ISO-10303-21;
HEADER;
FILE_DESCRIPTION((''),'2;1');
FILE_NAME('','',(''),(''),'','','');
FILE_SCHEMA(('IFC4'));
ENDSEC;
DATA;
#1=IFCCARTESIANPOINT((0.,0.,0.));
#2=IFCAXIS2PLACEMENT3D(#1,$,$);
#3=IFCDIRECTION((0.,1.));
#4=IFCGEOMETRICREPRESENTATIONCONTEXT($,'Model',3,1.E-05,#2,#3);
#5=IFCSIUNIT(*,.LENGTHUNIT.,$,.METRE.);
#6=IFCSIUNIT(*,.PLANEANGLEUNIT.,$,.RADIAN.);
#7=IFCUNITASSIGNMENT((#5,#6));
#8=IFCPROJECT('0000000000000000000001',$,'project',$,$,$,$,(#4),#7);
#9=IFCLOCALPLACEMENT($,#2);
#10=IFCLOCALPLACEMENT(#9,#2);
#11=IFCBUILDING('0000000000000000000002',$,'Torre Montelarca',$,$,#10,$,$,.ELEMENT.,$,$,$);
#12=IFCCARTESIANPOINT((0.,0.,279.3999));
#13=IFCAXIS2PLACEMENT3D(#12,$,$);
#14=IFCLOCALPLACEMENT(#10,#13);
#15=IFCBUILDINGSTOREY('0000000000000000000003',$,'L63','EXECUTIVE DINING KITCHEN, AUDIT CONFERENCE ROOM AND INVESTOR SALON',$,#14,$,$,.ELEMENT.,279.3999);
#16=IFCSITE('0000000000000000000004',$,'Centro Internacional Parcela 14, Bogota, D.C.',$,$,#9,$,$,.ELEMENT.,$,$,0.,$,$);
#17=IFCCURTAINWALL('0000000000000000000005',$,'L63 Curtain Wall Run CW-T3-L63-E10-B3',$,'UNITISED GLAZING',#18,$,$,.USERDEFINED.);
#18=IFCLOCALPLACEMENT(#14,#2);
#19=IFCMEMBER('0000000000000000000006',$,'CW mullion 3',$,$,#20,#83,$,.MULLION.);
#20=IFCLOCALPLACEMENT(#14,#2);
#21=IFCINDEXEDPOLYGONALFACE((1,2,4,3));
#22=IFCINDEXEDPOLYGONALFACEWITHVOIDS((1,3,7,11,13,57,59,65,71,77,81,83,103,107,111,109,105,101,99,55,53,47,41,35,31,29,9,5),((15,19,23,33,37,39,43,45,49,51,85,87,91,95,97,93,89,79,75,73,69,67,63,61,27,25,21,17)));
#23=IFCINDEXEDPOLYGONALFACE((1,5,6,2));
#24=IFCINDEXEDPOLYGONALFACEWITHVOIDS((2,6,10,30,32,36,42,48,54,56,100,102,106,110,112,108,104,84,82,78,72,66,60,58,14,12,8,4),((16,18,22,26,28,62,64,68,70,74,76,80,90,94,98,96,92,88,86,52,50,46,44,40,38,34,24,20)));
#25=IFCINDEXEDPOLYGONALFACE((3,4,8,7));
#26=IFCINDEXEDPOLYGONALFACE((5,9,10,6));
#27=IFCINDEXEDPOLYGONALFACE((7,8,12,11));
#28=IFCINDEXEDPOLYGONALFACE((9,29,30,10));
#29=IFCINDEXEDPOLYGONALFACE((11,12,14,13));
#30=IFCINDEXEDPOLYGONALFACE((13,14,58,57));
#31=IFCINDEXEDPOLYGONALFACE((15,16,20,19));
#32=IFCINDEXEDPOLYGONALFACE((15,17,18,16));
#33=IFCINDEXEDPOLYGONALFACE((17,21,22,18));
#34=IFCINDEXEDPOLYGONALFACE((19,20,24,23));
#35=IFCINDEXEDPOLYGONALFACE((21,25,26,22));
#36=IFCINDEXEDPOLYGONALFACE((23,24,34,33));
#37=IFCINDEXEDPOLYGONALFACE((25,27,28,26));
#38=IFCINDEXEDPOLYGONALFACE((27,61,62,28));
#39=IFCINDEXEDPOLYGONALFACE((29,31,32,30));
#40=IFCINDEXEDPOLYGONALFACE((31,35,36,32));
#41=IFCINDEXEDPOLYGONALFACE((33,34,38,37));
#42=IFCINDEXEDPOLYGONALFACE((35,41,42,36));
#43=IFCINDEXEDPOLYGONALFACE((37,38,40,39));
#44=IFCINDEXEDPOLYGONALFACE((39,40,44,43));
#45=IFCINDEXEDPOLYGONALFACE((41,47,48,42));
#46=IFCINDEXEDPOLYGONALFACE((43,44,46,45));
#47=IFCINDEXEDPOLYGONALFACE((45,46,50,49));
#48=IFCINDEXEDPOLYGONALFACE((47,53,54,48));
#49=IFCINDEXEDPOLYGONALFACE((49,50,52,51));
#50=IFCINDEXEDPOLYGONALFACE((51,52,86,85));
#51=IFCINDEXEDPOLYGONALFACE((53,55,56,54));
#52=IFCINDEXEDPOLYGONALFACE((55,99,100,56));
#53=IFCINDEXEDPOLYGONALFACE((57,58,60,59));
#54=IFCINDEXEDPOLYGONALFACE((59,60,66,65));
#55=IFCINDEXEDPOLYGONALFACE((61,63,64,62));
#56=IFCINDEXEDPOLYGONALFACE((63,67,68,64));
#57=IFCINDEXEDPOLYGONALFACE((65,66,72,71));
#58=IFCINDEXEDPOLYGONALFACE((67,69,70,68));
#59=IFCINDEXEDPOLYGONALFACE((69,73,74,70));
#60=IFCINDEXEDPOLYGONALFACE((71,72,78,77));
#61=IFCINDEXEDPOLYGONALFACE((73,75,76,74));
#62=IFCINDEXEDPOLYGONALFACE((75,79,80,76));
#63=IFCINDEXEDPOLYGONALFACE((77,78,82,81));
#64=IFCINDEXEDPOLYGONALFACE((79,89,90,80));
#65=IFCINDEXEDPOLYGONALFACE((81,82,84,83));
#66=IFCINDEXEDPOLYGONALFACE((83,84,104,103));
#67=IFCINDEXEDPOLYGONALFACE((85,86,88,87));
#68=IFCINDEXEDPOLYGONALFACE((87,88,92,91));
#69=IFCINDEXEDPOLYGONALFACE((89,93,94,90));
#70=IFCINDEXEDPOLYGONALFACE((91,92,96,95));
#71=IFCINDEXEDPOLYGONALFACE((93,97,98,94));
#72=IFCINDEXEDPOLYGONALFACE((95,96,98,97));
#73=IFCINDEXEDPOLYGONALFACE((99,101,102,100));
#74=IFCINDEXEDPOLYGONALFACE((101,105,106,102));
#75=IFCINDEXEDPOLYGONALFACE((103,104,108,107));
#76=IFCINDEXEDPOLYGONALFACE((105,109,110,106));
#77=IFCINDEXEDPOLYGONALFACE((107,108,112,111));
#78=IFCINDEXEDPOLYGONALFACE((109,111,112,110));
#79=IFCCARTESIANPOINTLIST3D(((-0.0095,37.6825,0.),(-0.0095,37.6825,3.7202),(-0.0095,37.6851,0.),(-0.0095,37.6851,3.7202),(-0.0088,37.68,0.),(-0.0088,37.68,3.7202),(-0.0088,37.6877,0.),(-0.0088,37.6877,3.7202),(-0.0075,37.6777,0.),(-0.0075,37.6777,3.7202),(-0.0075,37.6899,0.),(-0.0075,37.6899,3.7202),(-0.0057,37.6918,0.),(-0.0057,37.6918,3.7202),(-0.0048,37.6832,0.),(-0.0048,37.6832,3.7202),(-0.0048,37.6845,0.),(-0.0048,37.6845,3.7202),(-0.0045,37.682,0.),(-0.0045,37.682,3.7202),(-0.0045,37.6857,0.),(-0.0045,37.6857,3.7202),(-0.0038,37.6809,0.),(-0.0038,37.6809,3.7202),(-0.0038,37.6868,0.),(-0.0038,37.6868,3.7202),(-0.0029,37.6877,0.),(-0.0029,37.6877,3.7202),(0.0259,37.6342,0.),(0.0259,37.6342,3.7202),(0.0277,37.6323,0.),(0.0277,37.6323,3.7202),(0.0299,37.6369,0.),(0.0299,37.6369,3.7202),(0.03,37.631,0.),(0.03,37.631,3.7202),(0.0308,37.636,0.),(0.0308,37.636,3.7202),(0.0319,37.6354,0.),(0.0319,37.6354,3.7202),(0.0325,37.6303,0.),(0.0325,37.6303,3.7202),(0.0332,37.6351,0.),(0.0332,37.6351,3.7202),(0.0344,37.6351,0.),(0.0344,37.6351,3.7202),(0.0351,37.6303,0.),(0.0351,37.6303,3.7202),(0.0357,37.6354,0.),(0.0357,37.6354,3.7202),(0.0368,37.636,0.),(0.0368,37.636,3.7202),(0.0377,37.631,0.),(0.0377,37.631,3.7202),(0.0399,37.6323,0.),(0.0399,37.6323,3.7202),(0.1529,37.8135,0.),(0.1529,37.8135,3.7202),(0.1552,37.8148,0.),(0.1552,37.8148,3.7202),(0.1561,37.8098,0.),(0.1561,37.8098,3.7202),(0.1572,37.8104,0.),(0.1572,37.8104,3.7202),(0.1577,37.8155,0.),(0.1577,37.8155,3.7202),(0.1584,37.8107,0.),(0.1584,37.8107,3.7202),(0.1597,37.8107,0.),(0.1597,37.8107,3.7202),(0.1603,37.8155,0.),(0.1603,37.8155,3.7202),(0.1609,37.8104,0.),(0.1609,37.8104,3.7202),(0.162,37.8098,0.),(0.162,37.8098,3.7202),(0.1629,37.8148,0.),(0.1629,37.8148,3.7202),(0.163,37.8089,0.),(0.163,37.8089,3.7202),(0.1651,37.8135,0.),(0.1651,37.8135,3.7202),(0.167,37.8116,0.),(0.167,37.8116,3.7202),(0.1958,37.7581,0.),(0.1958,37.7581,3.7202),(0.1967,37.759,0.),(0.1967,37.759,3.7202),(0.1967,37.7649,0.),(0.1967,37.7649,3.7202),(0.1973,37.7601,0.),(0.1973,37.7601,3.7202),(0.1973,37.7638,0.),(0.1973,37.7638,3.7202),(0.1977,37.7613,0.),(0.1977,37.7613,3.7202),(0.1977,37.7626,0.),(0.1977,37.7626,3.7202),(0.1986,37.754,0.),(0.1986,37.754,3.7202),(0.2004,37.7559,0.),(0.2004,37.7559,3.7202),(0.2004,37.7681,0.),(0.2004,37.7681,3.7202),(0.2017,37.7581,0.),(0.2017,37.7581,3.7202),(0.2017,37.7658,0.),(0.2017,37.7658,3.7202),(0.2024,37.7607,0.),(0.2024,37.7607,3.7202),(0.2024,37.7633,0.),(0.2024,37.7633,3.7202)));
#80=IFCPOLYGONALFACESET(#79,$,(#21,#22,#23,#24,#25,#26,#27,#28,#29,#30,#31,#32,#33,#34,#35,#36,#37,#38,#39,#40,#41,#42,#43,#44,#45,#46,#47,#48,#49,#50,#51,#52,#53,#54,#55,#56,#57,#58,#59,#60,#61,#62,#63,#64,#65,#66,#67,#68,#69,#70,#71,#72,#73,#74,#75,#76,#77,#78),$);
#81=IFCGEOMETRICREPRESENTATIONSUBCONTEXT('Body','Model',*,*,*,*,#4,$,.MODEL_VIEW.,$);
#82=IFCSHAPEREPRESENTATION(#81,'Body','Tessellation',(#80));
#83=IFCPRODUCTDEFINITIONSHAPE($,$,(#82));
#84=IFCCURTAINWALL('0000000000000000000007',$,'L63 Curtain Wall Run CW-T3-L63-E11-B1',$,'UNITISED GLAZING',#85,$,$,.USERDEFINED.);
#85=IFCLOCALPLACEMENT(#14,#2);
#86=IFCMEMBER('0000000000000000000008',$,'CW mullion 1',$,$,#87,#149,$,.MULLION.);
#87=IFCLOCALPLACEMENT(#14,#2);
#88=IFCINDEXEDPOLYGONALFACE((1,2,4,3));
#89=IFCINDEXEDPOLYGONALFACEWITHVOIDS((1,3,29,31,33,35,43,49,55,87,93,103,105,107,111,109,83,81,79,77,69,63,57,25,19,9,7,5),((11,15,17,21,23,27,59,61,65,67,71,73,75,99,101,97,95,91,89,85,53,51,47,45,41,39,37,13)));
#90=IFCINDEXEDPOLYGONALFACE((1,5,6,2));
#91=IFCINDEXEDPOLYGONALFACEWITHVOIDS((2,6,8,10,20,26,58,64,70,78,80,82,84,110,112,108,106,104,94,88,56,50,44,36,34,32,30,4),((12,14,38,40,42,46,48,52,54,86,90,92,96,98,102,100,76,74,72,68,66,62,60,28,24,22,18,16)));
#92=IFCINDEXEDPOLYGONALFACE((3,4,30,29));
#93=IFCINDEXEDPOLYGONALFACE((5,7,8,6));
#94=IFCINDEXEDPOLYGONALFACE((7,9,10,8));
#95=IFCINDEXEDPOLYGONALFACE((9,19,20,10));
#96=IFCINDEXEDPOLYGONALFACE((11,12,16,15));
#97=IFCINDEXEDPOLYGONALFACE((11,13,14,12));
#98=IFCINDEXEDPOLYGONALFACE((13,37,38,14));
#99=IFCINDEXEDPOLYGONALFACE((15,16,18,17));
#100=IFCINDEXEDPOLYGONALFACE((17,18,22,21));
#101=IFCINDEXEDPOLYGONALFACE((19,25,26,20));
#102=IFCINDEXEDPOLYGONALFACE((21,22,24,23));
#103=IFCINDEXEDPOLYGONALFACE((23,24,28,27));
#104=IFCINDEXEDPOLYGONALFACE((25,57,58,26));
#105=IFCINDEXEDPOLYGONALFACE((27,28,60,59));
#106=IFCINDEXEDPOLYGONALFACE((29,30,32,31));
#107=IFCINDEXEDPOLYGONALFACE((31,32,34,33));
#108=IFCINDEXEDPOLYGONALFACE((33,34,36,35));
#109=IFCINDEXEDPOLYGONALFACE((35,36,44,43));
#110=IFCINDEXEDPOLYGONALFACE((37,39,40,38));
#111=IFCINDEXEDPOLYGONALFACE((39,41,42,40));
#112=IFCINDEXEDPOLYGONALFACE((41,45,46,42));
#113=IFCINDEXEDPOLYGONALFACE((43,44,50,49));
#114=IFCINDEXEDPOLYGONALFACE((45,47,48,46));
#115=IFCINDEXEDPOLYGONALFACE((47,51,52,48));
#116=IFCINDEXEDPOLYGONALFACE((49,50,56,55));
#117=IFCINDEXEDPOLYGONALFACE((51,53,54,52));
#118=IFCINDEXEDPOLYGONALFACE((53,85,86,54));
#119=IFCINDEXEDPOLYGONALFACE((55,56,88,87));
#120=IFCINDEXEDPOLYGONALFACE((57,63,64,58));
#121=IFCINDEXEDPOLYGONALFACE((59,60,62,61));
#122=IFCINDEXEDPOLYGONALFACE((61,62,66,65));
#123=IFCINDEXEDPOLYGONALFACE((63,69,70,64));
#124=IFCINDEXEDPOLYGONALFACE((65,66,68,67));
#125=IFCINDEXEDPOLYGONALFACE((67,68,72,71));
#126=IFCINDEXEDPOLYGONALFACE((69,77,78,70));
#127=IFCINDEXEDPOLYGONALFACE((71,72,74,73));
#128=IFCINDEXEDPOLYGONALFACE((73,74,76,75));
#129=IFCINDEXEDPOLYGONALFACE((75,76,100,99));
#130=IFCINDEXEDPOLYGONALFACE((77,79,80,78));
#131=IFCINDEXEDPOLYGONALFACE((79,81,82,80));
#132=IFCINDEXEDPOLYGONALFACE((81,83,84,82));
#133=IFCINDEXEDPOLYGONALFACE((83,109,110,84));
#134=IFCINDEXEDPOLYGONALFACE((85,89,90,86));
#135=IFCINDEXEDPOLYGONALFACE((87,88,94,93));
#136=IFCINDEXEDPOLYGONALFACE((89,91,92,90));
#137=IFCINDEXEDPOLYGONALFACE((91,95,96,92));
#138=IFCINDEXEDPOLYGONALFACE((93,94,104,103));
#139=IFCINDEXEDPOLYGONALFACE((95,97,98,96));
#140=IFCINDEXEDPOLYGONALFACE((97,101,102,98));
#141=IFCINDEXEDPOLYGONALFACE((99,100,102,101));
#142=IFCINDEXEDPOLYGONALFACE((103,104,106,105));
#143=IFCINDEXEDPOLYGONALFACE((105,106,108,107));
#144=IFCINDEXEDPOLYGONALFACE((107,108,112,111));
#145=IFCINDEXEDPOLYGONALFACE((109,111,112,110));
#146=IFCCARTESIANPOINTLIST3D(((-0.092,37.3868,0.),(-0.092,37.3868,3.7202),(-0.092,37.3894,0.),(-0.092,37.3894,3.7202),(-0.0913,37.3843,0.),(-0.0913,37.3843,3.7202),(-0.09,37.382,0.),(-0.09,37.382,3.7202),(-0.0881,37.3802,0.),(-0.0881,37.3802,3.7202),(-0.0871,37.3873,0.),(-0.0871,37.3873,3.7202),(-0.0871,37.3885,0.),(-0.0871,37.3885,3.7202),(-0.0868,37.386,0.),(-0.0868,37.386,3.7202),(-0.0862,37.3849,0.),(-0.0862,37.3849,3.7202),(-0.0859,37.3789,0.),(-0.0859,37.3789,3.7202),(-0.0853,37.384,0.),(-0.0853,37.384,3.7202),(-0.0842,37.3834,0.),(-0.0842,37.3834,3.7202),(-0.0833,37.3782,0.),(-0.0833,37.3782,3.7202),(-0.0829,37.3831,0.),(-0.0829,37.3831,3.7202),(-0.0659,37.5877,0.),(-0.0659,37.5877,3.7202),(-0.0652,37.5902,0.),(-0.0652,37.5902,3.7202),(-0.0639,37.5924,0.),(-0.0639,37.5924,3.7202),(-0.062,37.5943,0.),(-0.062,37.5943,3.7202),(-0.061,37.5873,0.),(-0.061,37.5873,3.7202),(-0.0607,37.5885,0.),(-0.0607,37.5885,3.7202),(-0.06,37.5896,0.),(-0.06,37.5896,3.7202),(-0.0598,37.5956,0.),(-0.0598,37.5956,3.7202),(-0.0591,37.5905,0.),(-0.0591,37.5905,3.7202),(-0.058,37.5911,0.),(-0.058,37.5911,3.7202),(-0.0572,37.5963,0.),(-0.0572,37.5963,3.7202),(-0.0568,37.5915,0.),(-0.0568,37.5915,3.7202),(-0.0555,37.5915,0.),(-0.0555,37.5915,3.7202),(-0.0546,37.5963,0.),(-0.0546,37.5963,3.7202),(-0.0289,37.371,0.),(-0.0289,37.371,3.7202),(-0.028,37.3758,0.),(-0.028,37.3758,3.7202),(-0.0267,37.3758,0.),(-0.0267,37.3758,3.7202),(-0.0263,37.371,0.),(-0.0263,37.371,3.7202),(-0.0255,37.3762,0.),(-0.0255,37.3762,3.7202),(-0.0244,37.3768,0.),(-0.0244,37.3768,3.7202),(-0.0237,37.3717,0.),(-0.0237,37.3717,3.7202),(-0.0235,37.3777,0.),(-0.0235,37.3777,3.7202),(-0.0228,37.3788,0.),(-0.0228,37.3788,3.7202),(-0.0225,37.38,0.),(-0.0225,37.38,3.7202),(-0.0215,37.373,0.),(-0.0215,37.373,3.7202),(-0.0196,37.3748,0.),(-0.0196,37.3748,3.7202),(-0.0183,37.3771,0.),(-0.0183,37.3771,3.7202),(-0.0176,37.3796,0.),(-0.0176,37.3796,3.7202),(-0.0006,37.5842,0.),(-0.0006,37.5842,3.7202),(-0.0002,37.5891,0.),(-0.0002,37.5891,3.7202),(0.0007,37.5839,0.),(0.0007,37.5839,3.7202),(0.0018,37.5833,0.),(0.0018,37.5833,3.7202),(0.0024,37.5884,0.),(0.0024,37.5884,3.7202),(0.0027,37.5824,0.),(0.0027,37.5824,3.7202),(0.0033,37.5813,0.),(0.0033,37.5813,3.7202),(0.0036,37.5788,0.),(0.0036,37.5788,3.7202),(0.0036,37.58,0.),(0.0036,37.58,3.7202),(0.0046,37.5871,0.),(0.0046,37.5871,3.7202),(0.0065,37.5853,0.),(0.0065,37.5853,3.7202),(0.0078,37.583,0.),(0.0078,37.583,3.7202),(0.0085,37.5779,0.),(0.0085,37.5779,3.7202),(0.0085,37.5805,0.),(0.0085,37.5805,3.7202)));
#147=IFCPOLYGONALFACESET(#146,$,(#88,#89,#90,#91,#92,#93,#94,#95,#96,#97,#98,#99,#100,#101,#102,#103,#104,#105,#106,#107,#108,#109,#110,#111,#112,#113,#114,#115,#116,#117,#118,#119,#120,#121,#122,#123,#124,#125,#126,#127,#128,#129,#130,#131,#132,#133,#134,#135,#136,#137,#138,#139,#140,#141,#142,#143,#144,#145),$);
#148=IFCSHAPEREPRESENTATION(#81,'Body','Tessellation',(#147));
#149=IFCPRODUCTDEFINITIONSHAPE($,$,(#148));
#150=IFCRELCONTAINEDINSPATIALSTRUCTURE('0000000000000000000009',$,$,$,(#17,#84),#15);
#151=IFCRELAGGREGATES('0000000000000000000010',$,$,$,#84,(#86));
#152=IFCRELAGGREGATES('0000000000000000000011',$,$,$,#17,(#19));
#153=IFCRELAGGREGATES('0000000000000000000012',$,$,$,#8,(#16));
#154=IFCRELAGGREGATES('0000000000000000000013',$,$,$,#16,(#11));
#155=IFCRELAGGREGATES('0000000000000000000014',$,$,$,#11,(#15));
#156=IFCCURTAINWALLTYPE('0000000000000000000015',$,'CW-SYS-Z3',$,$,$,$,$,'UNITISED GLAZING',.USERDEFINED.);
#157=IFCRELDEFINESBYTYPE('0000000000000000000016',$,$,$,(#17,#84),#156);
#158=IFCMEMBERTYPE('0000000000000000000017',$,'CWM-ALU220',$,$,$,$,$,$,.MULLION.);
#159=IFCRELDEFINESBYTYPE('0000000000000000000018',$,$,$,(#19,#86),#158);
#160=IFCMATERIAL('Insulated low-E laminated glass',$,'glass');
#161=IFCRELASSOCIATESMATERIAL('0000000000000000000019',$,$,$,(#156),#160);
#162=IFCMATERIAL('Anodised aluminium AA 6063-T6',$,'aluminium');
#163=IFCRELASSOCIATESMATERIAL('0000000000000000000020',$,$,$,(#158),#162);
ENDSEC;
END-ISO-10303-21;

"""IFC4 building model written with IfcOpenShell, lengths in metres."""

from ifc_helpers import new_model, si_unit, direction, frame, origin, origin_2d, place, context, subcontext, project, spatial, hollow_rectangle, extrude, source, transform, mapped, material, material_profile, profile_set, type_object, element, aggregate, save


model = new_model("IFC4")

# Units and contexts
model_context = context("Model", 3, precision=1e-05, world=origin(), true_north=direction((0.0, 1.0)))
body_context = subcontext(model_context, "Body", "Model", "MODEL_VIEW")
ifc_project = project(units=[si_unit("LENGTHUNIT", "METRE"), si_unit("PLANEANGLEUNIT", "RADIAN")], contexts=[model_context])

# Site, building, storey
site_placement = place(None, origin())
site = spatial("IfcSite", under=ifc_project, at=site_placement, Name="Centro Internacional Parcela 14, Bogota, D.C.", CompositionType="ELEMENT", RefElevation=0.0)
building_placement = place(site_placement, origin())
building = spatial("IfcBuilding", under=site, at=building_placement, Name="Torre Montelarca", CompositionType="ELEMENT")
storey_placement = place(building_placement, frame((0.0, 0.0, 279.3999)))
storey = spatial("IfcBuildingStorey", under=building, at=storey_placement, Name="L63", Description="EXECUTIVE DINING KITCHEN, AUDIT CONFERENCE ROOM AND INVESTOR SALON", CompositionType="ELEMENT", Elevation=279.3999)

# Curtain wall, member
ifc_material_1 = material(Name="Insulated low-E laminated glass", Category="glass")
curtain_wall_type = type_object("IfcCurtainWallType", Name="CW-SYS-Z3", ElementType="UNITISED GLAZING", PredefinedType="USERDEFINED", material=ifc_material_1)
ifc_material_2 = material(Name="Anodised aluminium AA 6063-T6", Category="aluminium")
ifc_material_profile_1 = material_profile(ifc_material_2, hollow_rectangle(XDim=0.075, YDim=0.22, WallThickness=0.0049, InnerFilletRadius=0.0049, OuterFilletRadius=0.01, at=origin_2d()), Name="ALU75X220X5", Category="aluminium")
ifc_profile_set_1 = profile_set([ifc_material_profile_1], Name="Anodised aluminium AA 6063-T6")
member_type_1 = type_object("IfcMemberType", Name="CWM-ALU220", PredefinedType="MULLION", material=ifc_profile_set_1)
shared_shape_1 = source(origin(), body_context, "Body", "SweptSolid", [
    extrude(hollow_rectangle(XDim=0.075, YDim=0.22, WallThickness=0.0049, InnerFilletRadius=0.0049, OuterFilletRadius=0.01, at=origin_2d()), origin(), (0.0, 0.0, 1.0), 3.7202),
])
curtain_wall_1_placement = place(storey_placement, origin())
curtain_wall_1 = element("IfcCurtainWall", 1, at=curtain_wall_1_placement, inside=storey, type_object=curtain_wall_type, Name="L63 Curtain Wall Run CW-T3-L63-E10-B3", ObjectType="UNITISED GLAZING", PredefinedType="USERDEFINED")
member_1_placement = place(storey_placement, frame((0.0964, 37.7229, 0.0), z_axis=(0.0, 0.0, 1.0), x_axis=(0.608757, -0.793356, 0.0)))
member_1 = element("IfcMember", 2, at=member_1_placement, type_object=member_type_1, Name="CW mullion 3", PredefinedType="MULLION", context=body_context, shape_type="MappedRepresentation", body=[
    mapped(shared_shape_1, transform((0.0, 0.0, 0.0), scale=1.0)),
])

# Curtain wall, member
curtain_wall_2_placement = place(storey_placement, origin())
curtain_wall_2 = element("IfcCurtainWall", 3, at=curtain_wall_2_placement, inside=storey, type_object=curtain_wall_type, Name="L63 Curtain Wall Run CW-T3-L63-E11-B1", ObjectType="UNITISED GLAZING", PredefinedType="USERDEFINED")
member_2_placement = place(storey_placement, frame((-0.0417, 37.4836, 0.0), z_axis=(0.0, 0.0, 1.0), x_axis=(0.991446, -0.130514, 0.0)))
member_2 = element("IfcMember", 4, at=member_2_placement, type_object=member_type_1, Name="CW mullion 1", PredefinedType="MULLION", context=body_context, shape_type="MappedRepresentation", body=[
    mapped(shared_shape_1, transform((0.0, 0.0, 0.0), scale=1.0)),
])
aggregate(curtain_wall_2, [member_2])

aggregate(curtain_wall_1, [member_1])

save(model, "model.ifc")
